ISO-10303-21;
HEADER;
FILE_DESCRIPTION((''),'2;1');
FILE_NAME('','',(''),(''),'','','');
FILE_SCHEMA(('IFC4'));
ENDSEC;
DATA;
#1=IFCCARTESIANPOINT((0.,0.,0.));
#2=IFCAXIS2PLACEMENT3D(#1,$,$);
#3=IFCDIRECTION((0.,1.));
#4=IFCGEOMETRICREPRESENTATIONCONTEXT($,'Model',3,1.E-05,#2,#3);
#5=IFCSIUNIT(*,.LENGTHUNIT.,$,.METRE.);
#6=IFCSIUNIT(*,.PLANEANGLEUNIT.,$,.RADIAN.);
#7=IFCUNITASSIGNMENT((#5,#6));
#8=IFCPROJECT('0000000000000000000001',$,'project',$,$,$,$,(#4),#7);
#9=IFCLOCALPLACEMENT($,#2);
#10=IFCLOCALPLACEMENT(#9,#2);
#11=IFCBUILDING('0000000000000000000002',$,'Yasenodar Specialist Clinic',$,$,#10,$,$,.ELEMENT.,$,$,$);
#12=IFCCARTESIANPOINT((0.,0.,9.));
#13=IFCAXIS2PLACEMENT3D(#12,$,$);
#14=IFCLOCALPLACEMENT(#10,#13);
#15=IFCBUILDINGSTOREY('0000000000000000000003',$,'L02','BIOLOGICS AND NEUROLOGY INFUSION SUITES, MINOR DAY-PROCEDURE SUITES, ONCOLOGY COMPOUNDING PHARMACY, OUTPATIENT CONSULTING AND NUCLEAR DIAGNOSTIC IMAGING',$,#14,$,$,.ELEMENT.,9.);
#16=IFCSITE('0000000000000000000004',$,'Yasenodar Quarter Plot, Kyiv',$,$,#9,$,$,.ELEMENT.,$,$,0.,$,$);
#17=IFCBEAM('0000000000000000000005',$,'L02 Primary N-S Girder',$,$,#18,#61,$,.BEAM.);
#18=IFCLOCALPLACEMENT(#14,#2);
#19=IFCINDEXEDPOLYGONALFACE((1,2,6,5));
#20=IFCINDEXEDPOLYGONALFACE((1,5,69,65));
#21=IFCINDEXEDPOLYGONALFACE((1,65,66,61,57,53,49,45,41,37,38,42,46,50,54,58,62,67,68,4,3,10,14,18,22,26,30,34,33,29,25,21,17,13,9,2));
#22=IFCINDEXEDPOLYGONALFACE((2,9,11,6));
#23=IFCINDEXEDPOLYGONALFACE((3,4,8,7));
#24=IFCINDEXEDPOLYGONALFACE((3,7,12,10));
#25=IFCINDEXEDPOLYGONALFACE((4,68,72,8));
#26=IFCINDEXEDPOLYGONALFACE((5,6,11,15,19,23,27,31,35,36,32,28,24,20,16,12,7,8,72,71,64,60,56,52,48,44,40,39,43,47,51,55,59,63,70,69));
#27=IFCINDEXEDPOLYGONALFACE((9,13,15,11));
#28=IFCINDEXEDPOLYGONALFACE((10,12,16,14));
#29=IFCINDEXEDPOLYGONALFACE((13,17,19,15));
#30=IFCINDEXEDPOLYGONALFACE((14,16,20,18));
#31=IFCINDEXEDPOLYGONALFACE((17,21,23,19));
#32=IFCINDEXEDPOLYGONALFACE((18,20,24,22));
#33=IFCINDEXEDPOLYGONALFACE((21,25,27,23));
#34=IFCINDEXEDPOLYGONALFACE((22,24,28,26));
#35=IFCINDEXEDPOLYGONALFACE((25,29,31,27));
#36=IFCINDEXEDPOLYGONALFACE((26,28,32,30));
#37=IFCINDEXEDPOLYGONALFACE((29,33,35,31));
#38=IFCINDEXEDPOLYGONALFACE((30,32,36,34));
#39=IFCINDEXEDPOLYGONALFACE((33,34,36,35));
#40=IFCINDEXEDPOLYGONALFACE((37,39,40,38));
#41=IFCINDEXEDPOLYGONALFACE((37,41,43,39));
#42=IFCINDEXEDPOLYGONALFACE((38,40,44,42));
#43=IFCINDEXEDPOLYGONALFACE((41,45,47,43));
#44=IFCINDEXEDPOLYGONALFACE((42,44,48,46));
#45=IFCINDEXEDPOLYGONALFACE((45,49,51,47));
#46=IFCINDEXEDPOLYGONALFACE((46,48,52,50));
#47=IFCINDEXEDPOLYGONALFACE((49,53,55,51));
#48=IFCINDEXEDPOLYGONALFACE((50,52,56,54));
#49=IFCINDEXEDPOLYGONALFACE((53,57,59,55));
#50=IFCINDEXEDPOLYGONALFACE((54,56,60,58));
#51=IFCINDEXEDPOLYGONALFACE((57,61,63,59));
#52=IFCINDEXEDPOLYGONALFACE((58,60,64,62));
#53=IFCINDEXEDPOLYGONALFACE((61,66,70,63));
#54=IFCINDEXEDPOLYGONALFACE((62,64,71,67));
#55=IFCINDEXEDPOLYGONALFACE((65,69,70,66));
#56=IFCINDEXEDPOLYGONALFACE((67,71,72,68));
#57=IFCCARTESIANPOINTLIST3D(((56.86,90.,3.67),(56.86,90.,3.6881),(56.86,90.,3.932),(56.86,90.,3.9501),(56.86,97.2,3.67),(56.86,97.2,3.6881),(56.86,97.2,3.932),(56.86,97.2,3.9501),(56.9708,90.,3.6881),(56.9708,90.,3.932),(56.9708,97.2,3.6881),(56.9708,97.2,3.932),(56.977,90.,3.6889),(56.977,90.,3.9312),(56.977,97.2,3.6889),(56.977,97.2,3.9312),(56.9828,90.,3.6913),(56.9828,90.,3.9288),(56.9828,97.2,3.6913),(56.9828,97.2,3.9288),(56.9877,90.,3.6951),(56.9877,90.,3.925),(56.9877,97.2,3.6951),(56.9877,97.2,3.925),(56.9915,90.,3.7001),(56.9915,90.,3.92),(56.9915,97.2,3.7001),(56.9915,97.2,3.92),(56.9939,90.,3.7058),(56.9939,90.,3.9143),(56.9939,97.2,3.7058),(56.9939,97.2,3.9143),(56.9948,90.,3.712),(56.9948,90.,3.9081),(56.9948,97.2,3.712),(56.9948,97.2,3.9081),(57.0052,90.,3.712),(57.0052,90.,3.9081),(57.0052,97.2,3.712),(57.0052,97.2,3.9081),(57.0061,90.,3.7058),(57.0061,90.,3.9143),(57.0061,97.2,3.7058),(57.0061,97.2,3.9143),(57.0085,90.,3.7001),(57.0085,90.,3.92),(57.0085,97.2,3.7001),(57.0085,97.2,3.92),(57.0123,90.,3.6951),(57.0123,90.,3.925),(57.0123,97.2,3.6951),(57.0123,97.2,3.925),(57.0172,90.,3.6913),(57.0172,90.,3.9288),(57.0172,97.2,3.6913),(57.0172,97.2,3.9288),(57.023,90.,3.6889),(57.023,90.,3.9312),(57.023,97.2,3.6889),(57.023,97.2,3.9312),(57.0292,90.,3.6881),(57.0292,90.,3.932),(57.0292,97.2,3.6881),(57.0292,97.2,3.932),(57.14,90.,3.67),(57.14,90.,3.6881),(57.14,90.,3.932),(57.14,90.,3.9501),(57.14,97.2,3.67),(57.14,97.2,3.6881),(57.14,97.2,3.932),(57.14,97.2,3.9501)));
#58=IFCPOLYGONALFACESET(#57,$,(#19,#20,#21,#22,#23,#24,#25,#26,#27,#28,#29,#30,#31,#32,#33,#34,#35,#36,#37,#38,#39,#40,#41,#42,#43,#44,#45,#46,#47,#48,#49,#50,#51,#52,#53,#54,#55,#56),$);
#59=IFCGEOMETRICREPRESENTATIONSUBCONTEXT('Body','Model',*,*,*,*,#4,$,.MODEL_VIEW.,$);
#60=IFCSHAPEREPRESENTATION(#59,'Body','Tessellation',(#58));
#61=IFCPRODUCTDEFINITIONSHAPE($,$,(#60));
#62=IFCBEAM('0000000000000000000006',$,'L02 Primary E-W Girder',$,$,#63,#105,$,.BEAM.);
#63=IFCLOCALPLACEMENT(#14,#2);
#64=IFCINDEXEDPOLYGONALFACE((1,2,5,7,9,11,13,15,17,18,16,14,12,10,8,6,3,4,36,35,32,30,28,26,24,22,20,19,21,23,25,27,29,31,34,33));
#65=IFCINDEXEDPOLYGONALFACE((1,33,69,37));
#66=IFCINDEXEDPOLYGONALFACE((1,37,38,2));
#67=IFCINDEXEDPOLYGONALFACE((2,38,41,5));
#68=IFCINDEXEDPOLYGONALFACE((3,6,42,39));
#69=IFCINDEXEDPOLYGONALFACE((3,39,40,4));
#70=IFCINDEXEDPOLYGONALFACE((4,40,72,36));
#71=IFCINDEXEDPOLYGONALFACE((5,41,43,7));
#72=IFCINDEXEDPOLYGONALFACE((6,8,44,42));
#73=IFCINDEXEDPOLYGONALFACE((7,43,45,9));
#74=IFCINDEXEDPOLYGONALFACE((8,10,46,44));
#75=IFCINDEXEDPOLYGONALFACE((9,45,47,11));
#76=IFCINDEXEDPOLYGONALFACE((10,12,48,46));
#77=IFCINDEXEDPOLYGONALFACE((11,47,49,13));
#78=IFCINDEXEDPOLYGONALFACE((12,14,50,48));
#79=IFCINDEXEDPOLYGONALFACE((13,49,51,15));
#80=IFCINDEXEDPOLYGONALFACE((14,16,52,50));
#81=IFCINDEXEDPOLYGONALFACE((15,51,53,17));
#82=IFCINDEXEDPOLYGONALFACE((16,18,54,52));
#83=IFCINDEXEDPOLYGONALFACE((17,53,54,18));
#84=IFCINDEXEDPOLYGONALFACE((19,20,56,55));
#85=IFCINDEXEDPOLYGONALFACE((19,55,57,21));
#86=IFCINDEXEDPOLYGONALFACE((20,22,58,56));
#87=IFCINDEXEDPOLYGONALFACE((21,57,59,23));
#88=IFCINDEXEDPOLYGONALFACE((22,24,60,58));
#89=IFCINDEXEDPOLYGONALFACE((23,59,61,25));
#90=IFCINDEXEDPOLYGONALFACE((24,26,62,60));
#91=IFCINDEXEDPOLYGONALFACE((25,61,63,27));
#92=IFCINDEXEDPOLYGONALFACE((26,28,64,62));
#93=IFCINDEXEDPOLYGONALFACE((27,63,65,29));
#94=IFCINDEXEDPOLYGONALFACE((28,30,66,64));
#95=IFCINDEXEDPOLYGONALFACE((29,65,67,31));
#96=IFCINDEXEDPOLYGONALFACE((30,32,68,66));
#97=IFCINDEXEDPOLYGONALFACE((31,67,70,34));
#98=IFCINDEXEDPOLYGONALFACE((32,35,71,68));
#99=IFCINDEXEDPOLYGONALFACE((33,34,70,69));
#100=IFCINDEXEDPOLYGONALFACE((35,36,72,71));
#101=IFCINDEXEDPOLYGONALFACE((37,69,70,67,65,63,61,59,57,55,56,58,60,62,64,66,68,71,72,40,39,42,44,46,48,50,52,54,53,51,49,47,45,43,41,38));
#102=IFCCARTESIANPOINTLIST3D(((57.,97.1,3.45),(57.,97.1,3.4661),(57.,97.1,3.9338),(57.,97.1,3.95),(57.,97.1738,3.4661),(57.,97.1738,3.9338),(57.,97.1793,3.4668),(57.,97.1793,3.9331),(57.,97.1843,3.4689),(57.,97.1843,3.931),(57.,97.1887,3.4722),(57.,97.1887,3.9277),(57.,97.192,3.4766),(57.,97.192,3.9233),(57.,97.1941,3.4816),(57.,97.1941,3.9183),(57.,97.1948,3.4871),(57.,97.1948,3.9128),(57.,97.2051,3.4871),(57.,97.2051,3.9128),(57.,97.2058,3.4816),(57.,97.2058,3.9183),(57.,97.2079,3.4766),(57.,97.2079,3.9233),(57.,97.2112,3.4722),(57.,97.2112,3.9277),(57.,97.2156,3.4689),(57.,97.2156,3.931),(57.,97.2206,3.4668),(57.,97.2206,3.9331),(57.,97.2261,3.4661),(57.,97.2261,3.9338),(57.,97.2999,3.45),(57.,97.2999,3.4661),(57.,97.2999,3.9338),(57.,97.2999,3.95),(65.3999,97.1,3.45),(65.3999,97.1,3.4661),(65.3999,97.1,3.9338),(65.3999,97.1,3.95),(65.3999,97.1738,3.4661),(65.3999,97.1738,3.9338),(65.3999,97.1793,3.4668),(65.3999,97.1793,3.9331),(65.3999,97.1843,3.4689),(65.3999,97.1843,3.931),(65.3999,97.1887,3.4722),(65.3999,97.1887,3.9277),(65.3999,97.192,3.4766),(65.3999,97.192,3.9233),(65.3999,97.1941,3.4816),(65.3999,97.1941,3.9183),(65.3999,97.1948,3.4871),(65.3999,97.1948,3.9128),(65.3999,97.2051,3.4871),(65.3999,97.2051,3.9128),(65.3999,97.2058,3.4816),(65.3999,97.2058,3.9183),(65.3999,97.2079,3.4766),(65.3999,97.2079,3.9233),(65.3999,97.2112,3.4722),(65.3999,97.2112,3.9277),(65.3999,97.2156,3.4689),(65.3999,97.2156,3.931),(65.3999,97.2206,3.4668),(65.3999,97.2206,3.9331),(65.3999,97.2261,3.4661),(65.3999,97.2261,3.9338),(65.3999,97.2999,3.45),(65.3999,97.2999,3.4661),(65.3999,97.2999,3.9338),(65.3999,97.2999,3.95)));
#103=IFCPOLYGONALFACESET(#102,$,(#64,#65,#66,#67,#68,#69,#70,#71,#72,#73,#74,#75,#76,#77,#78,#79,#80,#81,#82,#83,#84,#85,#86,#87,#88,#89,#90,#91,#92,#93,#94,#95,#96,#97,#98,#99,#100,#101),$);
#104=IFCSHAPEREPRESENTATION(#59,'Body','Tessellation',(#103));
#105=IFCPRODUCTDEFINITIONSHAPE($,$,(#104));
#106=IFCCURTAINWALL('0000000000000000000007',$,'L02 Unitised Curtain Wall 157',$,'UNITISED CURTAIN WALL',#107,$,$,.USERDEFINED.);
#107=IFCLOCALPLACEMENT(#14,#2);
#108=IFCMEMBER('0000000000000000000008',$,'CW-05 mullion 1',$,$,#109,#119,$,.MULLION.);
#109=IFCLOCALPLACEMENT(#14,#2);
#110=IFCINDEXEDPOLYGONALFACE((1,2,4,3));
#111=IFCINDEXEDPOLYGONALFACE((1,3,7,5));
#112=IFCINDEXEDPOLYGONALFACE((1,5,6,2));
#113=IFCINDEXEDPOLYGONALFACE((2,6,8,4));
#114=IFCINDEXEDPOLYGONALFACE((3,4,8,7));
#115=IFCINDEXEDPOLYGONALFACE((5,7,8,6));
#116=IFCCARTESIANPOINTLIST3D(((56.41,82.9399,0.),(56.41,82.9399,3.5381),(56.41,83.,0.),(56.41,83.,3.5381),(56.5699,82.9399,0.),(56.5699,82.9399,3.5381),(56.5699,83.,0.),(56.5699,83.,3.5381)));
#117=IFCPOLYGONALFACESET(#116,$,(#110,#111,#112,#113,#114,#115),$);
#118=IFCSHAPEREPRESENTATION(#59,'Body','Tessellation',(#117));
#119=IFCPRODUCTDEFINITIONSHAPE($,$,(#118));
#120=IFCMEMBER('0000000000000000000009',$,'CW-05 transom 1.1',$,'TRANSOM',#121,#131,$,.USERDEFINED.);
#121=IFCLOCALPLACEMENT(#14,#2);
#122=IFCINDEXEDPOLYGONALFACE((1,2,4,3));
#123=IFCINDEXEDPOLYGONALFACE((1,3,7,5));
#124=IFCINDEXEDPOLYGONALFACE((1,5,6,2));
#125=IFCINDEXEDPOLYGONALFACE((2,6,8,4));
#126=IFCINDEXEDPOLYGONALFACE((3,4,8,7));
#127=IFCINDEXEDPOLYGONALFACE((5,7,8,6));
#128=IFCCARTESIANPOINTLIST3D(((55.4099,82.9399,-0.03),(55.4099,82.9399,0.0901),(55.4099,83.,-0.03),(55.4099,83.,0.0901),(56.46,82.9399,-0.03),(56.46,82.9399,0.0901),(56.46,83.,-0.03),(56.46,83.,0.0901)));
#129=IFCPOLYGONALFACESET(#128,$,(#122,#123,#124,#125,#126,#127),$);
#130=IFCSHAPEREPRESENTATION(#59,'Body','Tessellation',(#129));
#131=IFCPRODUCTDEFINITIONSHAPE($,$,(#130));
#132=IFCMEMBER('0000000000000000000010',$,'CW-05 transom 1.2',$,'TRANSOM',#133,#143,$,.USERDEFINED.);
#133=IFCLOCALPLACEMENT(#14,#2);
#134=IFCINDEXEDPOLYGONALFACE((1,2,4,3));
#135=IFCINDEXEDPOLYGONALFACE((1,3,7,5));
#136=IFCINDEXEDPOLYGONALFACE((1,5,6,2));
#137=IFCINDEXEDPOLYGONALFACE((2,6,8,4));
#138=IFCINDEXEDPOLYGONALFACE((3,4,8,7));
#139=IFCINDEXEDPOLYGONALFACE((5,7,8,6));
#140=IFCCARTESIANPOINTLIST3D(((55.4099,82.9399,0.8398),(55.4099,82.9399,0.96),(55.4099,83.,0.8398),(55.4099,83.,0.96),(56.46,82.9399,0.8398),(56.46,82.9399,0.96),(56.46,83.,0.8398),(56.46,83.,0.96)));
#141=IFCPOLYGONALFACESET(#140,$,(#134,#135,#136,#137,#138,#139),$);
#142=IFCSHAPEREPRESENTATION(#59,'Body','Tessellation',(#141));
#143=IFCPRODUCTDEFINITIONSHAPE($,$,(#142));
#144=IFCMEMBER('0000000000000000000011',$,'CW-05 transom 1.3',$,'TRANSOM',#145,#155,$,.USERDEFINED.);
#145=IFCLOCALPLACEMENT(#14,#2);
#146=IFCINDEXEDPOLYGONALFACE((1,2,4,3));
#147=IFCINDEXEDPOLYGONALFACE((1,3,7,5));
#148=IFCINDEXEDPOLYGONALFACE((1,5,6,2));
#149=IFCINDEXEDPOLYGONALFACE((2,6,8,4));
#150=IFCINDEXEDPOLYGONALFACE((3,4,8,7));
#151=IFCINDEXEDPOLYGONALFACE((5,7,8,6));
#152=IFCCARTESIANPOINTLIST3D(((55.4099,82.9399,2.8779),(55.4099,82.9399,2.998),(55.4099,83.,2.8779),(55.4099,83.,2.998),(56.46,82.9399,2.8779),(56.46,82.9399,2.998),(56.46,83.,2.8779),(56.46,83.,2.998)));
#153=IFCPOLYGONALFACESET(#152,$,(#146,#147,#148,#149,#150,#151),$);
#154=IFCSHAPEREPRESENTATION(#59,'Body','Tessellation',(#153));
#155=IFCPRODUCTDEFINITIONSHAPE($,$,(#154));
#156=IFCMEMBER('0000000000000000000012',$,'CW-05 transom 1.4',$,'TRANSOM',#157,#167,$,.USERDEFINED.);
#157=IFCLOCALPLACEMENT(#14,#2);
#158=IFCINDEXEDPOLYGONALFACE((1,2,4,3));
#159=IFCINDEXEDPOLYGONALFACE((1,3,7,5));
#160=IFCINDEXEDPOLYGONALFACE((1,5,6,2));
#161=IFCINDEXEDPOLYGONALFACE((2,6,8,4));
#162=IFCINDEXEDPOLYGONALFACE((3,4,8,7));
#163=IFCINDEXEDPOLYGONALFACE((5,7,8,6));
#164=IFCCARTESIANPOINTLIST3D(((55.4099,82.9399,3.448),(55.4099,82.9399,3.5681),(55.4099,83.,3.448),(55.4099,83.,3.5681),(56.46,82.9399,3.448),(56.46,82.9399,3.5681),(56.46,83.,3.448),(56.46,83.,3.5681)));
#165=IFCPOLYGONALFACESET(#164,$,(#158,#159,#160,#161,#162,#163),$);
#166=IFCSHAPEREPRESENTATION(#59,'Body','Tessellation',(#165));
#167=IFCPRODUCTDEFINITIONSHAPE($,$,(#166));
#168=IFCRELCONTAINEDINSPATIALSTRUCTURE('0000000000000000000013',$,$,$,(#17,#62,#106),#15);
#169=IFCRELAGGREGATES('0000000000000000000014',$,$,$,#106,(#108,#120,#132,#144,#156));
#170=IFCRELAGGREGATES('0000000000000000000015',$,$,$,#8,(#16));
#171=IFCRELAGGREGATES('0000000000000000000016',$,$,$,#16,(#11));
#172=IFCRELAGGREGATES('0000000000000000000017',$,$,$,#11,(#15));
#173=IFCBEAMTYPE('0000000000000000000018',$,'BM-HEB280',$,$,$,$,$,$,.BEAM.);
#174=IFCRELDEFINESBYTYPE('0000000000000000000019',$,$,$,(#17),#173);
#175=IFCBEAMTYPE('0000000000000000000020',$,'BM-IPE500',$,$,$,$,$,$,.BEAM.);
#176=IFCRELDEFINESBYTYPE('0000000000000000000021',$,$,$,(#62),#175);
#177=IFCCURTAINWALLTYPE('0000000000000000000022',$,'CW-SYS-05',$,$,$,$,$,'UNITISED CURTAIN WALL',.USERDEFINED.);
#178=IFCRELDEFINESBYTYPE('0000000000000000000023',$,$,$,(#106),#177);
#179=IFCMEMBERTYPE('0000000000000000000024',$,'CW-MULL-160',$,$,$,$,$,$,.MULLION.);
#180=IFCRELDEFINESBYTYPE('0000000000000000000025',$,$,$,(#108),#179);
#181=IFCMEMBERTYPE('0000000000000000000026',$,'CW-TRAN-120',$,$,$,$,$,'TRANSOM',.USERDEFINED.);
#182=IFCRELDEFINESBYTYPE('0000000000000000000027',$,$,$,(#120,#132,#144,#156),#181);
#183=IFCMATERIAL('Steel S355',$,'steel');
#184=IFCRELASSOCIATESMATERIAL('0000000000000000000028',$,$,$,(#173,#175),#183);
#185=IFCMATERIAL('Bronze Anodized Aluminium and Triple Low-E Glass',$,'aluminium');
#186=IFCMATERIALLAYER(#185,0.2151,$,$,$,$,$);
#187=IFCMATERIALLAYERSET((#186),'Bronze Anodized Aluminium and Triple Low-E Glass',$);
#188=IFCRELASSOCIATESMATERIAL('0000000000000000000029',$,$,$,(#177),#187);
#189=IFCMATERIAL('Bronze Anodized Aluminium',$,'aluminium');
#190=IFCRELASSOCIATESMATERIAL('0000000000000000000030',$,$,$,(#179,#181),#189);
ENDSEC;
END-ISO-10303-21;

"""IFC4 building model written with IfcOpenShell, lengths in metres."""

from ifc_helpers import new_model, si_unit, direction, frame, origin, origin_2d, place, context, subcontext, project, spatial, rectangle, i_section, extrude, material, layer, layer_set, material_profile, profile_set, type_object, element, aggregate, save


model = new_model("IFC4")

# Units and contexts
model_context = context("Model", 3, precision=1e-05, world=origin(), true_north=direction((0.0, 1.0)))
body_context = subcontext(model_context, "Body", "Model", "MODEL_VIEW")
ifc_project = project(units=[si_unit("LENGTHUNIT", "METRE"), si_unit("PLANEANGLEUNIT", "RADIAN")], contexts=[model_context])

# Site, building, storey
site_placement = place(None, origin())
site = spatial("IfcSite", under=ifc_project, at=site_placement, Name="Yasenodar Quarter Plot, Kyiv", CompositionType="ELEMENT", RefElevation=0.0)
building_placement = place(site_placement, origin())
building = spatial("IfcBuilding", under=site, at=building_placement, Name="Yasenodar Specialist Clinic", CompositionType="ELEMENT")
storey_placement = place(building_placement, frame((0.0, 0.0, 9.0)))
storey = spatial("IfcBuildingStorey", under=building, at=storey_placement, Name="L02", Description="BIOLOGICS AND NEUROLOGY INFUSION SUITES, MINOR DAY-PROCEDURE SUITES, ONCOLOGY COMPOUNDING PHARMACY, OUTPATIENT CONSULTING AND NUCLEAR DIAGNOSTIC IMAGING", CompositionType="ELEMENT", Elevation=9.0)

# Shared definitions
ifc_material_1 = material(Name="Steel S355", Category="steel")

# Beams
ifc_material_profile_1 = material_profile(ifc_material_1, i_section(OverallWidth=0.28, OverallDepth=0.28, WebThickness=0.0105, FlangeThickness=0.0181, FilletRadius=0.0239, at=origin_2d()), Name="HEB 280")
ifc_profile_set_1 = profile_set([ifc_material_profile_1], Name="Steel S355")
beam_type_1 = type_object("IfcBeamType", Name="BM-HEB280", PredefinedType="BEAM", material=ifc_profile_set_1)
beam_1_placement = place(storey_placement, frame((57.0, 90.0, 3.8101), z_axis=(0.0, 1.0, 0.0), x_axis=(-1.0, 0.0, 0.0)))
element("IfcBeam", 1, at=beam_1_placement, inside=storey, type_object=beam_type_1, Name="L02 Primary N-S Girder", PredefinedType="BEAM", context=body_context, shape_type="SweptSolid", body=[
    extrude(i_section(OverallWidth=0.28, OverallDepth=0.28, WebThickness=0.0105, FlangeThickness=0.0181, FilletRadius=0.0239, at=origin_2d()), origin(), (0.0, 0.0, 1.0), 7.2),
])
ifc_material_profile_2 = material_profile(ifc_material_1, i_section(OverallWidth=0.2, OverallDepth=0.5, WebThickness=0.0103, FlangeThickness=0.0161, FilletRadius=0.021, at=origin_2d()), Name="IPE 500")
ifc_profile_set_2 = profile_set([ifc_material_profile_2], Name="Steel S355")
beam_type_2 = type_object("IfcBeamType", Name="BM-IPE500", PredefinedType="BEAM", material=ifc_profile_set_2)
beam_2_placement = place(storey_placement, frame((57.0, 97.2, 3.7), z_axis=(1.0, 0.0, 0.0), x_axis=(0.0, 1.0, 0.0)))
element("IfcBeam", 2, at=beam_2_placement, inside=storey, type_object=beam_type_2, Name="L02 Primary E-W Girder", PredefinedType="BEAM", context=body_context, shape_type="SweptSolid", body=[
    extrude(i_section(OverallWidth=0.2, OverallDepth=0.5, WebThickness=0.0103, FlangeThickness=0.0161, FilletRadius=0.021, at=origin_2d()), origin(), (0.0, 0.0, 1.0), 8.3999),
])

# Curtain wall, members
ifc_material_2 = material(Name="Bronze Anodized Aluminium and Triple Low-E Glass", Category="aluminium")
ifc_layer_1 = layer(ifc_material_2, 0.2151)
ifc_layer_set_1 = layer_set([ifc_layer_1], Name="Bronze Anodized Aluminium and Triple Low-E Glass")
curtain_wall_type = type_object("IfcCurtainWallType", Name="CW-SYS-05", ElementType="UNITISED CURTAIN WALL", PredefinedType="USERDEFINED", material=ifc_layer_set_1)
curtain_wall_placement = place(storey_placement, origin())
curtain_wall = element("IfcCurtainWall", 3, at=curtain_wall_placement, inside=storey, type_object=curtain_wall_type, Name="L02 Unitised Curtain Wall 157", ObjectType="UNITISED CURTAIN WALL", PredefinedType="USERDEFINED")
ifc_material_3 = material(Name="Bronze Anodized Aluminium", Category="aluminium")
ifc_material_profile_3 = material_profile(ifc_material_3, rectangle(XDim=0.0601, YDim=0.1599, at=origin_2d()), Name="CW-MULL 60x160")
ifc_profile_set_3 = profile_set([ifc_material_profile_3], Name="Bronze Anodized Aluminium")
member_type_1 = type_object("IfcMemberType", Name="CW-MULL-160", PredefinedType="MULLION", material=ifc_profile_set_3)
member_1_placement = place(storey_placement, frame((56.49, 82.97, 0.0), z_axis=(0.0, 0.0, 1.0), x_axis=(0.0, -1.0, 0.0)))
member_1 = element("IfcMember", 4, at=member_1_placement, type_object=member_type_1, Name="CW-05 mullion 1", PredefinedType="MULLION", context=body_context, shape_type="SweptSolid", body=[
    extrude(rectangle(XDim=0.0601, YDim=0.1599, at=origin_2d()), origin(), (0.0, 0.0, 1.0), 3.5381),
])
ifc_material_profile_4 = material_profile(ifc_material_3, rectangle(XDim=0.0601, YDim=0.1201, at=origin_2d()), Name="CW-TRAN 60x120")
ifc_profile_set_4 = profile_set([ifc_material_profile_4], Name="Bronze Anodized Aluminium")
member_type_2 = type_object("IfcMemberType", Name="CW-TRAN-120", ElementType="TRANSOM", PredefinedType="USERDEFINED", material=ifc_profile_set_4)
member_2_placement = place(storey_placement, frame((56.46, 82.97, 0.03), z_axis=(-1.0, 0.0, 0.0), x_axis=(0.0, -1.0, 0.0)))
member_2 = element("IfcMember", 5, at=member_2_placement, type_object=member_type_2, Name="CW-05 transom 1.1", ObjectType="TRANSOM", PredefinedType="USERDEFINED", context=body_context, shape_type="SweptSolid", body=[
    extrude(rectangle(XDim=0.0601, YDim=0.1201, at=origin_2d()), origin(), (0.0, 0.0, 1.0), 1.05),
])
member_3_placement = place(storey_placement, frame((56.46, 82.97, 0.8999), z_axis=(-1.0, 0.0, 0.0), x_axis=(0.0, -1.0, 0.0)))
member_3 = element("IfcMember", 6, at=member_3_placement, type_object=member_type_2, Name="CW-05 transom 1.2", ObjectType="TRANSOM", PredefinedType="USERDEFINED", context=body_context, shape_type="SweptSolid", body=[
    extrude(rectangle(XDim=0.0601, YDim=0.1201, at=origin_2d()), origin(), (0.0, 0.0, 1.0), 1.05),
])
member_4_placement = place(storey_placement, frame((56.46, 82.97, 2.938), z_axis=(-1.0, 0.0, 0.0), x_axis=(0.0, -1.0, 0.0)))
member_4 = element("IfcMember", 7, at=member_4_placement, type_object=member_type_2, Name="CW-05 transom 1.3", ObjectType="TRANSOM", PredefinedType="USERDEFINED", context=body_context, shape_type="SweptSolid", body=[
    extrude(rectangle(XDim=0.0601, YDim=0.1201, at=origin_2d()), origin(), (0.0, 0.0, 1.0), 1.05),
])
member_5_placement = place(storey_placement, frame((56.46, 82.97, 3.5081), z_axis=(-1.0, 0.0, 0.0), x_axis=(0.0, -1.0, 0.0)))
member_5 = element("IfcMember", 8, at=member_5_placement, type_object=member_type_2, Name="CW-05 transom 1.4", ObjectType="TRANSOM", PredefinedType="USERDEFINED", context=body_context, shape_type="SweptSolid", body=[
    extrude(rectangle(XDim=0.0601, YDim=0.1201, at=origin_2d()), origin(), (0.0, 0.0, 1.0), 1.05),
])

aggregate(curtain_wall, [member_1, member_2, member_3, member_4, member_5])

save(model, "model.ifc")
